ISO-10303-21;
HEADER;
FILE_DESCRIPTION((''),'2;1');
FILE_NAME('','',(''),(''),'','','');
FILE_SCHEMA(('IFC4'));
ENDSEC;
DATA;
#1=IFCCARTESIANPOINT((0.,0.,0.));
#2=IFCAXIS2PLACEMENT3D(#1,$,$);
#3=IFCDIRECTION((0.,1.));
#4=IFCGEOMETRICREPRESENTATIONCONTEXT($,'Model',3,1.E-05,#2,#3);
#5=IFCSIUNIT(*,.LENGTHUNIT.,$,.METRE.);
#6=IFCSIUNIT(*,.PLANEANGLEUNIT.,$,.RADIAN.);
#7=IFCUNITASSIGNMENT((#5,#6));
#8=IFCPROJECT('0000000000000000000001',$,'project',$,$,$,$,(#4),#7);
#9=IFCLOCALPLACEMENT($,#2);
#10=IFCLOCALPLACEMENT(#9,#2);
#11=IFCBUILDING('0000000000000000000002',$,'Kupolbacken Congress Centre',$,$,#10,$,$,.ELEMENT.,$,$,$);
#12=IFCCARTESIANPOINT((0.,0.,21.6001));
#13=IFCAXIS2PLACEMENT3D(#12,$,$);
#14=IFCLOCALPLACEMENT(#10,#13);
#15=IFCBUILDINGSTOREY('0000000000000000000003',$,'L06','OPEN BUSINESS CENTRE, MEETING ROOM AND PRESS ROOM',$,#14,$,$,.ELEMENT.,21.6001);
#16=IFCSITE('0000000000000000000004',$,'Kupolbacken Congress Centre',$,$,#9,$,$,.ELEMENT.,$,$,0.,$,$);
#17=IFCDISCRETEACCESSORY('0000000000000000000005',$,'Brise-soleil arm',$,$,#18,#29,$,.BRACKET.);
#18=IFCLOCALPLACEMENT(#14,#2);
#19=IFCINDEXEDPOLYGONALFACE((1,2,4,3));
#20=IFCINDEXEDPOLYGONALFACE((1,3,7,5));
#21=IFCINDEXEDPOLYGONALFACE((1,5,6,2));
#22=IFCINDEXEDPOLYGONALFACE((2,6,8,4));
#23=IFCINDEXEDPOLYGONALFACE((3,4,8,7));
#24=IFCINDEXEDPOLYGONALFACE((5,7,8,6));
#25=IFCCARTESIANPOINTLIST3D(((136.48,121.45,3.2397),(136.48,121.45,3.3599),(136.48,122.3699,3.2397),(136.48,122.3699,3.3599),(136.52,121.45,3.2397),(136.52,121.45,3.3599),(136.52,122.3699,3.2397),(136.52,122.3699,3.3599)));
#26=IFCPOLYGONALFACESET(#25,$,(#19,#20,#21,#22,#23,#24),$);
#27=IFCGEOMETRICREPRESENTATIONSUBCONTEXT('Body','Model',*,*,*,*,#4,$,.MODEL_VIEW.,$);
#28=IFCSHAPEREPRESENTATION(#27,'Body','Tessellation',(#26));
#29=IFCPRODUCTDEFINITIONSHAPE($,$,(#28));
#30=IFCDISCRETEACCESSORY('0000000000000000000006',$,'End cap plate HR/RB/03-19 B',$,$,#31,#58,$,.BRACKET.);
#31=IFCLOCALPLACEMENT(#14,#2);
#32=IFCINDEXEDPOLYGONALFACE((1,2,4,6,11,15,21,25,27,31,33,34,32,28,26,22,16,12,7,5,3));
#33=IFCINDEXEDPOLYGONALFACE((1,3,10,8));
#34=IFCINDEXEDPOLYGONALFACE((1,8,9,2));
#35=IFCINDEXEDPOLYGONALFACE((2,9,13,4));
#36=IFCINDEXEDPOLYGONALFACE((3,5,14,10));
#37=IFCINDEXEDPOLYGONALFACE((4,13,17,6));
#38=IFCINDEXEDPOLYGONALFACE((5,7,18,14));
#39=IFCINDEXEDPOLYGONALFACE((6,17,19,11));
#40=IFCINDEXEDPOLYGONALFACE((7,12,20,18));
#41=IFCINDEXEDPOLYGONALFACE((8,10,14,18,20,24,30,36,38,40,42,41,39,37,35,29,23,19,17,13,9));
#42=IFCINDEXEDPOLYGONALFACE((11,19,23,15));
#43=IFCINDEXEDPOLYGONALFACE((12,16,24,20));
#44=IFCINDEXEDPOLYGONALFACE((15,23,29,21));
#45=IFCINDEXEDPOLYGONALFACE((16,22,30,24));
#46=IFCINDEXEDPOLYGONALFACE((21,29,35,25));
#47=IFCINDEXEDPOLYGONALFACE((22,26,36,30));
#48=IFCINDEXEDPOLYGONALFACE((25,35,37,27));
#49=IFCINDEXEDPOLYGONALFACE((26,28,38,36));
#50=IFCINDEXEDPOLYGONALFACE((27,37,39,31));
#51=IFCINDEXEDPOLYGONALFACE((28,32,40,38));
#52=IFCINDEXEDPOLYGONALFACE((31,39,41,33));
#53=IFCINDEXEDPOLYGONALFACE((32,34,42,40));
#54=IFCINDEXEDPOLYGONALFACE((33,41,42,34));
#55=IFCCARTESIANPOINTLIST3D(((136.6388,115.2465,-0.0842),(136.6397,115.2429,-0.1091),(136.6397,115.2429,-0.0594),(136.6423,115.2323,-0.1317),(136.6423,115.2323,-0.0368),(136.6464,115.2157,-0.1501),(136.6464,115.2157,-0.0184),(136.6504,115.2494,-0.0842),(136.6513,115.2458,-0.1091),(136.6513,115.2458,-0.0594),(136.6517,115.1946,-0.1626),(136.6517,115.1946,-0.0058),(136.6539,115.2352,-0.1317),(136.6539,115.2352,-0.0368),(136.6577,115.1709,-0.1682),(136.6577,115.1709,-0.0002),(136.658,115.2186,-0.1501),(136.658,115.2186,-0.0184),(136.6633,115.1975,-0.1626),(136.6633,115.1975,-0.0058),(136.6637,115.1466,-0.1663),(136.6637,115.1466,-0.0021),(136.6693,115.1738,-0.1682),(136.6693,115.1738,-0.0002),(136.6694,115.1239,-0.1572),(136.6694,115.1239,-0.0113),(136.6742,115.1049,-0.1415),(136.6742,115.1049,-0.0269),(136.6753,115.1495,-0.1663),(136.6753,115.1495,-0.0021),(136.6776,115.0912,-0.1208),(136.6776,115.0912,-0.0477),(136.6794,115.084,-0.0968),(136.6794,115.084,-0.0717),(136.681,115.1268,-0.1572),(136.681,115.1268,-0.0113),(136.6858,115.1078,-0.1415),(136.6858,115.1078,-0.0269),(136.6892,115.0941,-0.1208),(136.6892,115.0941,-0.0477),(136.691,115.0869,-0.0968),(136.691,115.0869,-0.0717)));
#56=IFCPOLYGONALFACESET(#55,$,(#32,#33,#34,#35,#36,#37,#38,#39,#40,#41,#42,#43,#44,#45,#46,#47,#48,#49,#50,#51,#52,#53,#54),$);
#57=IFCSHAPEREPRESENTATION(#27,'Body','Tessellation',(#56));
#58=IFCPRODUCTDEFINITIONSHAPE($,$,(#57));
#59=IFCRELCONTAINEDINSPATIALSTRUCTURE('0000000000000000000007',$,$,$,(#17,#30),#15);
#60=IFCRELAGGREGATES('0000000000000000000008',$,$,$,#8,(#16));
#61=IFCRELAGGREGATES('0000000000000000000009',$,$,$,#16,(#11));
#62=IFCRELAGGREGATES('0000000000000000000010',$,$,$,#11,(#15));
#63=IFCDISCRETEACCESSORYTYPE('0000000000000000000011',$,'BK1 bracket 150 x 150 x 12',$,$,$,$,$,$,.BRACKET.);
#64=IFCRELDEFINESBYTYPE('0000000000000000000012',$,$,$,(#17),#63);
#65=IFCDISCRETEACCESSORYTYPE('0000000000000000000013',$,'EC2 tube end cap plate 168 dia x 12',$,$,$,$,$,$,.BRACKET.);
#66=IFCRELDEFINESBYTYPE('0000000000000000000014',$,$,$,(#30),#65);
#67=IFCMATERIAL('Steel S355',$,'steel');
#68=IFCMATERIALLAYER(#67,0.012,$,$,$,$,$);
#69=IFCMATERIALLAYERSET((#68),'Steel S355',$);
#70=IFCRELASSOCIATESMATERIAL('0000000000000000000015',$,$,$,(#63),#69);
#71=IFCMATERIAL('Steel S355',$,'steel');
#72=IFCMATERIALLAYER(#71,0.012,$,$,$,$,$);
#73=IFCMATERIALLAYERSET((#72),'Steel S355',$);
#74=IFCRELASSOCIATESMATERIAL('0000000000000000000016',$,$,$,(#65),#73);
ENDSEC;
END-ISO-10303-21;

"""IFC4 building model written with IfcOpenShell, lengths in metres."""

from ifc_helpers import new_model, si_unit, direction, frame, origin, origin_2d, place, context, subcontext, project, spatial, rectangle, circle, extrude, material, layer, layer_set, type_object, element, save


model = new_model("IFC4")

# Units and contexts
model_context = context("Model", 3, precision=1e-05, world=origin(), true_north=direction((0.0, 1.0)))
body_context = subcontext(model_context, "Body", "Model", "MODEL_VIEW")
ifc_project = project(units=[si_unit("LENGTHUNIT", "METRE"), si_unit("PLANEANGLEUNIT", "RADIAN")], contexts=[model_context])

# Site, building, storey
site_placement = place(None, origin())
site = spatial("IfcSite", under=ifc_project, at=site_placement, Name="Kupolbacken Congress Centre", CompositionType="ELEMENT", RefElevation=0.0)
building_placement = place(site_placement, origin())
building = spatial("IfcBuilding", under=site, at=building_placement, Name="Kupolbacken Congress Centre", CompositionType="ELEMENT")
storey_placement = place(building_placement, frame((0.0, 0.0, 21.6001)))
storey = spatial("IfcBuildingStorey", under=building, at=storey_placement, Name="L06", Description="OPEN BUSINESS CENTRE, MEETING ROOM AND PRESS ROOM", CompositionType="ELEMENT", Elevation=21.6001)

# Discrete accessories
ifc_material_1 = material(Name="Steel S355", Category="steel")
ifc_layer_1 = layer(ifc_material_1, 0.012)
ifc_layer_set_1 = layer_set([ifc_layer_1], Name="Steel S355")
discrete_accessory_type_1 = type_object("IfcDiscreteAccessoryType", Name="BK1 bracket 150 x 150 x 12", PredefinedType="BRACKET", material=ifc_layer_set_1)
for number, where, z_axis, x_axis, name in (
    (1, (136.5, 121.9099, 3.2397), (0.0, 0.0, 1.0), (1.0, 0.0, 0.0), "Brise-soleil arm"),
):
    element("IfcDiscreteAccessory", number, at=place(storey_placement, frame(where, z_axis=z_axis, x_axis=x_axis)), inside=storey, type_object=discrete_accessory_type_1, Name=name, PredefinedType="BRACKET", context=body_context, shape_type="SweptSolid", body=[
        extrude(rectangle(XDim=0.04, YDim=0.9199, at=origin_2d()), origin(), (0.0, 0.0, 1.0), 0.1201),
    ])
ifc_material_2 = material(Name="Steel S355", Category="steel")
ifc_layer_2 = layer(ifc_material_2, 0.012)
ifc_layer_set_2 = layer_set([ifc_layer_2], Name="Steel S355")
discrete_accessory_type_2 = type_object("IfcDiscreteAccessoryType", Name="EC2 tube end cap plate 168 dia x 12", PredefinedType="BRACKET", material=ifc_layer_set_2)
discrete_accessory_placement = place(storey_placement, frame((136.6592, 115.1648, -0.0842), z_axis=(0.970143, 0.242536, 0.0), x_axis=(-0.242536, 0.970143, 0.0)))
element("IfcDiscreteAccessory", 2, at=discrete_accessory_placement, inside=storey, type_object=discrete_accessory_type_2, Name="End cap plate HR/RB/03-19 B", PredefinedType="BRACKET", context=body_context, shape_type="SweptSolid", body=[
    extrude(circle(Radius=0.0842, at=origin_2d()), origin(), (0.0, 0.0, 1.0), 0.012),
])

save(model, "model.ifc")
